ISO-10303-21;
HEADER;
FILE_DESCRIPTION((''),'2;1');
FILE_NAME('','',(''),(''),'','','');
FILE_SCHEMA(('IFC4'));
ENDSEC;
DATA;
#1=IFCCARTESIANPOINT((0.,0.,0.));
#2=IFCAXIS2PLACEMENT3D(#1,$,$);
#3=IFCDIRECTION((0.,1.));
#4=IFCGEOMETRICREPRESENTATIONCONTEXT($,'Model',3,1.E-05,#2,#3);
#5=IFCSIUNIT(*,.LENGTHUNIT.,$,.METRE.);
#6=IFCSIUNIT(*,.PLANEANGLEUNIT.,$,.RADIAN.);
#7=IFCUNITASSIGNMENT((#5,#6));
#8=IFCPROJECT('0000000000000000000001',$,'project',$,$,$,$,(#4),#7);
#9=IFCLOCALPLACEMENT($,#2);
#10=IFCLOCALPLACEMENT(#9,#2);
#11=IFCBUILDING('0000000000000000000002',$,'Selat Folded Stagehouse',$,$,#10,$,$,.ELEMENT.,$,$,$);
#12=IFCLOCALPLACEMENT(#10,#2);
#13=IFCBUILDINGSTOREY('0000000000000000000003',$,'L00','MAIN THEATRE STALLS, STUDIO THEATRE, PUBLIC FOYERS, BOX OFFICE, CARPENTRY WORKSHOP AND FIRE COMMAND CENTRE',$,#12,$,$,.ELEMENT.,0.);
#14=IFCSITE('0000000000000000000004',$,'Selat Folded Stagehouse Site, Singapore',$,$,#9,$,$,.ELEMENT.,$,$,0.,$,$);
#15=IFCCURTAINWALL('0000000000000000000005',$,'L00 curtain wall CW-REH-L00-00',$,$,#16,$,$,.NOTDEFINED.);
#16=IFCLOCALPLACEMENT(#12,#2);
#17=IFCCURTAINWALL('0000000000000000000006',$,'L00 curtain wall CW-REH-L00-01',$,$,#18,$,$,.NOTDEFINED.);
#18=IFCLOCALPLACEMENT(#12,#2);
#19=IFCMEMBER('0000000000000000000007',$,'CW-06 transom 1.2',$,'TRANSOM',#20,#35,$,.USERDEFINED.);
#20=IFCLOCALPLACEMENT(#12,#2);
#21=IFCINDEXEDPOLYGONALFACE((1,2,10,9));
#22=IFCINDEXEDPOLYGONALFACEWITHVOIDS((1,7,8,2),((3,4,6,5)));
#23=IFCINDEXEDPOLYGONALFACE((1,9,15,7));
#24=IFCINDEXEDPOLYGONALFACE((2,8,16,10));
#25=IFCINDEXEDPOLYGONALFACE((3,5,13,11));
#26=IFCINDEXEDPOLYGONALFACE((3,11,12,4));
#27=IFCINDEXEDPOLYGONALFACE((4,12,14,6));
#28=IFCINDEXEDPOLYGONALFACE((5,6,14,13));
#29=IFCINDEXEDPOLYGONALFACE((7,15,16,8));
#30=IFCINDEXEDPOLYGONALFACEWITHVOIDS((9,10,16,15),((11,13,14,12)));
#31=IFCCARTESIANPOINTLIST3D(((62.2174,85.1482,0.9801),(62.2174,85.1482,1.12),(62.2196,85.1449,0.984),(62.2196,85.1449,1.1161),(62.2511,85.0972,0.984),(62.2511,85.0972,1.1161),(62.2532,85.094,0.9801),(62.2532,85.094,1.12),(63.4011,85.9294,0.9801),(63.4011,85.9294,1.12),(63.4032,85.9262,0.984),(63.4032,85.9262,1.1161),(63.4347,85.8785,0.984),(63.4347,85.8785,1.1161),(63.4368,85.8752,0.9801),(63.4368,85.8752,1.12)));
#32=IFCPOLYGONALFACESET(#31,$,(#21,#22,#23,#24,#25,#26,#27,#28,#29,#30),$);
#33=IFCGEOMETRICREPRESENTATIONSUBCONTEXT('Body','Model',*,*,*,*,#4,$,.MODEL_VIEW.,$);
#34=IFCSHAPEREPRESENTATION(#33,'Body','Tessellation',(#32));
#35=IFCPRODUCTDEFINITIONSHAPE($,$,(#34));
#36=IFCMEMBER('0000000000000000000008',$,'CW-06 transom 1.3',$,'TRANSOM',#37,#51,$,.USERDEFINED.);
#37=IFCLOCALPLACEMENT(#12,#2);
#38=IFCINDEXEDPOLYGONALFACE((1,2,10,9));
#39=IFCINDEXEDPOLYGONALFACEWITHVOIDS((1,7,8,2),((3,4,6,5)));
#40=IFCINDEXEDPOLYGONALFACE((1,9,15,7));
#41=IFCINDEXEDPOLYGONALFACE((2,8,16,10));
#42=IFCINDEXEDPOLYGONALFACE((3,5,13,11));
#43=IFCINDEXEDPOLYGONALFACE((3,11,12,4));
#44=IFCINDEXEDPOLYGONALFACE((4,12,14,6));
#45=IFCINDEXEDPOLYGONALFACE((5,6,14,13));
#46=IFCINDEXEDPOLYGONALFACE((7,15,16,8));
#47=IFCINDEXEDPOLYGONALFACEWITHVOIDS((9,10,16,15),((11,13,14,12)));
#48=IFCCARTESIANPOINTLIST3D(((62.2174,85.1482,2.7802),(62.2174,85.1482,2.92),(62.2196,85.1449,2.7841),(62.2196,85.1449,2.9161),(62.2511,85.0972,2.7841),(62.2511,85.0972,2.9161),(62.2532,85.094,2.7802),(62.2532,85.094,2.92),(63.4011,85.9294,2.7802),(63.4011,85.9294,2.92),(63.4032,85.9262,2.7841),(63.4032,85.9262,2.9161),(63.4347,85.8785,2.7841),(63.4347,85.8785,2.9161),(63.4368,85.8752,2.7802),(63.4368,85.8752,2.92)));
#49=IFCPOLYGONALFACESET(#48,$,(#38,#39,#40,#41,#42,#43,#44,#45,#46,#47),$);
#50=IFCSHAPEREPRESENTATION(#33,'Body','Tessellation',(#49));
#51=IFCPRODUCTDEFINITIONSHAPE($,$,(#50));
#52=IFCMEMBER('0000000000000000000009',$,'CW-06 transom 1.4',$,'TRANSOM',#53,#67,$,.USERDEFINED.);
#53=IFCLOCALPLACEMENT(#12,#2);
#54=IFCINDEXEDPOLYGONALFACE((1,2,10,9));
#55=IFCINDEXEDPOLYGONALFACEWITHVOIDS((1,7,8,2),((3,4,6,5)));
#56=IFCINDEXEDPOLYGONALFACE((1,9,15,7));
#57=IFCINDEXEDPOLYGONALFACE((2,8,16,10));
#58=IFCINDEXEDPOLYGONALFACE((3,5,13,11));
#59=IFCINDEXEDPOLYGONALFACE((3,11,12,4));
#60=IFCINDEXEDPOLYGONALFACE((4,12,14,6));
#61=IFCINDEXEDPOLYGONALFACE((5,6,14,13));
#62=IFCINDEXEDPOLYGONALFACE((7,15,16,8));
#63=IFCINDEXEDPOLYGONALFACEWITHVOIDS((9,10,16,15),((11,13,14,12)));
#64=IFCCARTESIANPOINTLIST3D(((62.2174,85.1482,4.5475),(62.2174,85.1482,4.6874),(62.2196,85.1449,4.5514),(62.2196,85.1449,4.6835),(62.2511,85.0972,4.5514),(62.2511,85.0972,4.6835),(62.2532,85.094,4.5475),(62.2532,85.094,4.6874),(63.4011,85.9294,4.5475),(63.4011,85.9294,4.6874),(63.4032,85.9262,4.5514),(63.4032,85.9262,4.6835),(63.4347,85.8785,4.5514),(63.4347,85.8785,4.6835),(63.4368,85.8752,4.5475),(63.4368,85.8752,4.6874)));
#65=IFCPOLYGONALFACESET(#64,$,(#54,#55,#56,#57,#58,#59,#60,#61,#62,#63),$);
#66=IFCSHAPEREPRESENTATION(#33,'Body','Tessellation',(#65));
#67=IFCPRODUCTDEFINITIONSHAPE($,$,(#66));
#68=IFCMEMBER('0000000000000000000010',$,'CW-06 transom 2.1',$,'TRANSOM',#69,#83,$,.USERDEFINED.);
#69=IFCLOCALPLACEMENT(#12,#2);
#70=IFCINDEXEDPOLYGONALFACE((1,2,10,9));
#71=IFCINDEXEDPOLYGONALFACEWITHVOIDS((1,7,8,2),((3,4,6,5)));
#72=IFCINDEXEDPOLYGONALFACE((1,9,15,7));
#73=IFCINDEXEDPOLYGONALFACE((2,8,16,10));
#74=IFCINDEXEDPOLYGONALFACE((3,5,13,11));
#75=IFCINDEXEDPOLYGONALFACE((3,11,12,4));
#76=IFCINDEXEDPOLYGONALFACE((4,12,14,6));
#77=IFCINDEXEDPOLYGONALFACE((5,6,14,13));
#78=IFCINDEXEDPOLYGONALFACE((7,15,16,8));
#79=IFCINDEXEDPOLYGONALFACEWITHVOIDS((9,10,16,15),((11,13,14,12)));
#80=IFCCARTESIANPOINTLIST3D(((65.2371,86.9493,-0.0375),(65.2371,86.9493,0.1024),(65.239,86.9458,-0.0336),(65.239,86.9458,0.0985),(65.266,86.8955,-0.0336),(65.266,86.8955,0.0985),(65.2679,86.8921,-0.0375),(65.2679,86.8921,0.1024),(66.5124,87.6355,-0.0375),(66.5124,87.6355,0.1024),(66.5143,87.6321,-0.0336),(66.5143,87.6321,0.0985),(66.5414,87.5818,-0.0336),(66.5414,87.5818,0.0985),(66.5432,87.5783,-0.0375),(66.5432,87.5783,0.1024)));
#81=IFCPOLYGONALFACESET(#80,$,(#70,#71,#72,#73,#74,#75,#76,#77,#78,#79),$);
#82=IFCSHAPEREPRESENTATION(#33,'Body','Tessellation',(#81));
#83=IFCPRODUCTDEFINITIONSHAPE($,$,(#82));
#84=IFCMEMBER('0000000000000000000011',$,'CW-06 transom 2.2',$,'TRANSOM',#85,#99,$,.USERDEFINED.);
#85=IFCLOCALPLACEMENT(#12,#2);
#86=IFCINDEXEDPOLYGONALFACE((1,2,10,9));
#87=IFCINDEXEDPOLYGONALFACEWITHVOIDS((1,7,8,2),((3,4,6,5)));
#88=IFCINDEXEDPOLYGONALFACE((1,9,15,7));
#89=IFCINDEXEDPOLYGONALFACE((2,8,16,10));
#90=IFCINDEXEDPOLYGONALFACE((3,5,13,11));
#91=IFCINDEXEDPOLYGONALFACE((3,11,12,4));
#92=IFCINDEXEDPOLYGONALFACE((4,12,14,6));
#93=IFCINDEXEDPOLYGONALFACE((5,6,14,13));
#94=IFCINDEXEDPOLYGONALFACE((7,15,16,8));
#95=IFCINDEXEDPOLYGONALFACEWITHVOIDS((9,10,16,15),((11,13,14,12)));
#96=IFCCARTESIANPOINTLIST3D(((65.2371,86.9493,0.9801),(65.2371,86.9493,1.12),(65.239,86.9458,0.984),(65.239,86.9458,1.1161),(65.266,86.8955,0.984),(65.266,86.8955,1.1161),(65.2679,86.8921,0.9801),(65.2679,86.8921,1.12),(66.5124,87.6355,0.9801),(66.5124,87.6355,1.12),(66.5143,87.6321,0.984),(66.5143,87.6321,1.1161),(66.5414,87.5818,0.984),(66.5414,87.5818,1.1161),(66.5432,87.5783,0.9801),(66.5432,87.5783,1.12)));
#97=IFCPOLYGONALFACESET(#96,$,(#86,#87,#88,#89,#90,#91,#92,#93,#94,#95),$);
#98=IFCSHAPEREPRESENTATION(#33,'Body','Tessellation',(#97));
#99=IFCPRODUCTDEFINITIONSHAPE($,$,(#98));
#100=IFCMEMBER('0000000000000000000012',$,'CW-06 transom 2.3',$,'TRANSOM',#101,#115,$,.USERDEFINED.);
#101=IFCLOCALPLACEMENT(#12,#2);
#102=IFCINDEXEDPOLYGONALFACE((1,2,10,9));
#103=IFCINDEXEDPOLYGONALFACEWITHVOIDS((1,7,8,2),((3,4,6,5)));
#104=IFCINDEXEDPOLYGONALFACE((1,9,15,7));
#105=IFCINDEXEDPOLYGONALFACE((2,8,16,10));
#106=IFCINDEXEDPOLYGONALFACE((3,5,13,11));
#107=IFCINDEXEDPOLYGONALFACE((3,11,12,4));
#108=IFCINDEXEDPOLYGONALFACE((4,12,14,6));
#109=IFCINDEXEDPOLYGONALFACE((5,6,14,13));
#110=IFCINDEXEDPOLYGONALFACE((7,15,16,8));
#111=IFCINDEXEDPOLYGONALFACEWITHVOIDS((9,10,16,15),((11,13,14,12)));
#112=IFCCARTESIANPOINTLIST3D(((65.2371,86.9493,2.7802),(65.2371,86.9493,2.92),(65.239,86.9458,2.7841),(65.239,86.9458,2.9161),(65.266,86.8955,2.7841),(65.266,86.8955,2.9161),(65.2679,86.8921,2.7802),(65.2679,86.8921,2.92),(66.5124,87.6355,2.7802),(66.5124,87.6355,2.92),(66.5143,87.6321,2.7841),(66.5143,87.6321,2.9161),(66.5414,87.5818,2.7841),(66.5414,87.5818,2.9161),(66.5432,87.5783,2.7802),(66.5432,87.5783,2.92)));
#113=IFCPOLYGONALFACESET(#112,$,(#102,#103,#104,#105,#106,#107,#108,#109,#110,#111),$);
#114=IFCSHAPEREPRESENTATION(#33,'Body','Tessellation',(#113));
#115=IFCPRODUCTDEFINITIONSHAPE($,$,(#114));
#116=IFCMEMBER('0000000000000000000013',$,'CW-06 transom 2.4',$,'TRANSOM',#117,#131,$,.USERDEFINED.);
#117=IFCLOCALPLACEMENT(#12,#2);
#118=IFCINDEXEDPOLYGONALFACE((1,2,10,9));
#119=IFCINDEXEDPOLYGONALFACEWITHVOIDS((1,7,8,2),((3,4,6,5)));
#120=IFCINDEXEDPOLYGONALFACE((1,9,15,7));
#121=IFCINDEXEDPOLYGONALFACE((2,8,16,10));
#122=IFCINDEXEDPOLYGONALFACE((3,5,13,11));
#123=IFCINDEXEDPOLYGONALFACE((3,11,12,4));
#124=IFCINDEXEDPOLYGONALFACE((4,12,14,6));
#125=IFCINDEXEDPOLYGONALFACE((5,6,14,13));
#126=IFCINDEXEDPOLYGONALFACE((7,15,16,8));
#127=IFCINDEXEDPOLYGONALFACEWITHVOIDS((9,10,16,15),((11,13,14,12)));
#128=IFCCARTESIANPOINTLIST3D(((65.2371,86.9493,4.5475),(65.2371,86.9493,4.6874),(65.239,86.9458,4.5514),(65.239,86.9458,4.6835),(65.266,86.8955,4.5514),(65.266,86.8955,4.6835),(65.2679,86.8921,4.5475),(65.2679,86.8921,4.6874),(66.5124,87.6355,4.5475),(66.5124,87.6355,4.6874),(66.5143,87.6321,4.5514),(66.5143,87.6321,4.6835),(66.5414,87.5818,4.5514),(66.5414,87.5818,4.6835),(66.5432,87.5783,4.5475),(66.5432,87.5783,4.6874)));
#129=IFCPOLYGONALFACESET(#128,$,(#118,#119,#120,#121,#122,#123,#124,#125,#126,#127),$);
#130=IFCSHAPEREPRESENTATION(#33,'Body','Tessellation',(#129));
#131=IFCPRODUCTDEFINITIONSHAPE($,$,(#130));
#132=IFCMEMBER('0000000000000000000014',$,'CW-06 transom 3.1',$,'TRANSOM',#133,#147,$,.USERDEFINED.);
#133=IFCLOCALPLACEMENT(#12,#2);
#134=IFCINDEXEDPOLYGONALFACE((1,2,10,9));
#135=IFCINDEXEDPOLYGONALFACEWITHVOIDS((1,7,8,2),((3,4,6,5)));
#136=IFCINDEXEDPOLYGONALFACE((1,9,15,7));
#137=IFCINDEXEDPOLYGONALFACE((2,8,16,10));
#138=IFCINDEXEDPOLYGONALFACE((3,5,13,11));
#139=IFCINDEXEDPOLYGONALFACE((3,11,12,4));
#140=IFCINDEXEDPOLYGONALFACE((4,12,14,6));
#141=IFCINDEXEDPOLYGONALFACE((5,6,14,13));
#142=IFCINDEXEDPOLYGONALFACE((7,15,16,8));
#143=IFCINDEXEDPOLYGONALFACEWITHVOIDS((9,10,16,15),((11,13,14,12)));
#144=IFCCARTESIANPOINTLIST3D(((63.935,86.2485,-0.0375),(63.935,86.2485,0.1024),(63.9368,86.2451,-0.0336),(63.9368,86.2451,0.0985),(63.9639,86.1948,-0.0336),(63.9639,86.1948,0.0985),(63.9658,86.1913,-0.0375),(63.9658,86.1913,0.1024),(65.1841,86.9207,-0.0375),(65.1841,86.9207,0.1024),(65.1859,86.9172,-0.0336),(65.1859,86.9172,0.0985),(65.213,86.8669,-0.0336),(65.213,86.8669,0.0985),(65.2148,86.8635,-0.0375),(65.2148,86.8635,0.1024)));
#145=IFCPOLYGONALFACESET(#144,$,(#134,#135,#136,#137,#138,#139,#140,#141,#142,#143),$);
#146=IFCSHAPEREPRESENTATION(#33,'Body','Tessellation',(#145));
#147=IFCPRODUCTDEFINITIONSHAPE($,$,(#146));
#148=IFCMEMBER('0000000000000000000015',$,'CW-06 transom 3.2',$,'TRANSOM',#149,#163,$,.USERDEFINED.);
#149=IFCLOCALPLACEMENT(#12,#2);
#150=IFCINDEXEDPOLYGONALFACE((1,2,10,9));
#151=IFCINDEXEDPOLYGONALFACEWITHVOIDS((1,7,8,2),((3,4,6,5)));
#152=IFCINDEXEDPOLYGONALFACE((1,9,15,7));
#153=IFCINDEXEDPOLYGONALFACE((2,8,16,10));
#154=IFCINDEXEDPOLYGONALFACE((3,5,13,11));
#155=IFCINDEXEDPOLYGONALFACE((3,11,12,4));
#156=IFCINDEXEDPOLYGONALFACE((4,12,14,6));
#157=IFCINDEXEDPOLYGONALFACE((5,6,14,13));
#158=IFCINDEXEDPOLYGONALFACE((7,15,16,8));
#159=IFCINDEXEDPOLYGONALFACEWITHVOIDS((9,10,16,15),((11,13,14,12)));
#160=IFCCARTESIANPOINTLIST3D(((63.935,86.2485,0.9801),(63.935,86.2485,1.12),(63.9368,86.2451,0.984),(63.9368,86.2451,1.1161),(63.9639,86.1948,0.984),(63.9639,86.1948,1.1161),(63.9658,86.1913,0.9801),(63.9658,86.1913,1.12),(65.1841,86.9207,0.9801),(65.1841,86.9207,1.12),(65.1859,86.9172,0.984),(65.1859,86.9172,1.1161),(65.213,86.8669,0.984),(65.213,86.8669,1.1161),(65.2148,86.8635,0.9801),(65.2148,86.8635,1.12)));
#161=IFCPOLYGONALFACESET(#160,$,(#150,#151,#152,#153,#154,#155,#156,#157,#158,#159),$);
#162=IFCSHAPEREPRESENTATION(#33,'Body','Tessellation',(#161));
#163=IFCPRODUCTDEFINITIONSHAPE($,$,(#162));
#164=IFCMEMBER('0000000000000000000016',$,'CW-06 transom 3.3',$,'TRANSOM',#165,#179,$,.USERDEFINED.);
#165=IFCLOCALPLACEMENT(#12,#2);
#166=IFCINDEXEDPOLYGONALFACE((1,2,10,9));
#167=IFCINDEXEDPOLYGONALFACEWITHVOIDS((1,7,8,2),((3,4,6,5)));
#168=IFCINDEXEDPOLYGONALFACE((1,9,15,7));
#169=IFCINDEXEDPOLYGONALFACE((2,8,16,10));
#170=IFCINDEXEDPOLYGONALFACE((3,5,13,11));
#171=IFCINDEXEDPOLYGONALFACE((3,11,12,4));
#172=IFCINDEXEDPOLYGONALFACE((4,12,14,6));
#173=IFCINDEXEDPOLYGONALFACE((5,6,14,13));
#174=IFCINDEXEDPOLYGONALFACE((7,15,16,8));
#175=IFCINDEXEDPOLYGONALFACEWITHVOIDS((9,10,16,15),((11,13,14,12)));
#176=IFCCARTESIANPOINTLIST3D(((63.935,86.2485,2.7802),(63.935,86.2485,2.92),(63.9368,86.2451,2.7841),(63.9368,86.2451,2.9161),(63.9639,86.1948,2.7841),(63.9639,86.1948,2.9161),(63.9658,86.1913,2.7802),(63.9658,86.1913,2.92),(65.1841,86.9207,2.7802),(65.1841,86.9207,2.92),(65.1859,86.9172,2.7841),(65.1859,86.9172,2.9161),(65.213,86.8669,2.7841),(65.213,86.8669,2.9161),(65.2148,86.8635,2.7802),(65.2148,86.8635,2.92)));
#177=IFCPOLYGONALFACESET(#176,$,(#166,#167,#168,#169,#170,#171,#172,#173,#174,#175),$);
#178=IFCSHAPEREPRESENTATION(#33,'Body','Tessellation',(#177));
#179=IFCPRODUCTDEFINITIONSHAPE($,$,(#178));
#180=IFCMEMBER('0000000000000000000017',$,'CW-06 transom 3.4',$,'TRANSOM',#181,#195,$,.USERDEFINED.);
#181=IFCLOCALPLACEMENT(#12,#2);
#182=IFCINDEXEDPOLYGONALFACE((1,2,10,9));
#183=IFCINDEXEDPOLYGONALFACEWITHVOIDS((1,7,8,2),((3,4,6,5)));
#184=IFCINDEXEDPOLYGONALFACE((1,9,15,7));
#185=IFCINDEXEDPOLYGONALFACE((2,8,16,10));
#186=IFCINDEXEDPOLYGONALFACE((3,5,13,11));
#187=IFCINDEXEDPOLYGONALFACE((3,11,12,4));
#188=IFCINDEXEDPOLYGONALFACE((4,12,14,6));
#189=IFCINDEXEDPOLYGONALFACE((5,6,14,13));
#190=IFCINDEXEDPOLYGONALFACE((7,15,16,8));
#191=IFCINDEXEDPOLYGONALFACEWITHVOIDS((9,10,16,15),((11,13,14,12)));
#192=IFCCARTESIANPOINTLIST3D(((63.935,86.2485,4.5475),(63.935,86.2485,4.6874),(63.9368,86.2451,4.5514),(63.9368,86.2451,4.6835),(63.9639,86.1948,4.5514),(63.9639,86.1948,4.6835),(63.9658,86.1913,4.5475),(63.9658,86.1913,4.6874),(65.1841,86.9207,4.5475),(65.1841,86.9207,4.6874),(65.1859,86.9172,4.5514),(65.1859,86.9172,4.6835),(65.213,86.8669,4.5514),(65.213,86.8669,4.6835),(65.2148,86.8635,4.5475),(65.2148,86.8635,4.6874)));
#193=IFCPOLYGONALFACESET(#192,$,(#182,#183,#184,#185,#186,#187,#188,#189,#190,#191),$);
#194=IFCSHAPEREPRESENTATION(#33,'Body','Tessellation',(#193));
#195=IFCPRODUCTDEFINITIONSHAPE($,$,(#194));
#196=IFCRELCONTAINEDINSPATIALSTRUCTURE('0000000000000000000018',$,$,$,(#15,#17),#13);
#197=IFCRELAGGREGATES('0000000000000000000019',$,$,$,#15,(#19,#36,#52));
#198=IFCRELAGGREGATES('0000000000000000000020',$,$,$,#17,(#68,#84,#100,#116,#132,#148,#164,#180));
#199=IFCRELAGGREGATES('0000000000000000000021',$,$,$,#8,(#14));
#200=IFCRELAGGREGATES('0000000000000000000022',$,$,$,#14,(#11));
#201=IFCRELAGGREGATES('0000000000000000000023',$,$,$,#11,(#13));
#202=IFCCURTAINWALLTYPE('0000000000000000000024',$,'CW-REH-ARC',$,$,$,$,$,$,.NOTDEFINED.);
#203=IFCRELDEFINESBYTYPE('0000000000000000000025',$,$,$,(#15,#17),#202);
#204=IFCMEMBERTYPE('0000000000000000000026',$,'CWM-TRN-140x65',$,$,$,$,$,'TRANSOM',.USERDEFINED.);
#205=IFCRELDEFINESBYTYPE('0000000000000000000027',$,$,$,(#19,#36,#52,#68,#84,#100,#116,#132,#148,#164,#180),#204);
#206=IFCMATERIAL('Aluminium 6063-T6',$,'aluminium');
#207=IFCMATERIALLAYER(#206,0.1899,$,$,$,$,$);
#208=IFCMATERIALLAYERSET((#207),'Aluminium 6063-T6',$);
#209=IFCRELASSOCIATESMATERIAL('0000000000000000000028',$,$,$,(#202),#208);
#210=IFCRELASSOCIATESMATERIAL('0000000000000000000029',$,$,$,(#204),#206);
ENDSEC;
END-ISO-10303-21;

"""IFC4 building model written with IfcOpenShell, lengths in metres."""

from ifc_helpers import new_model, si_unit, direction, frame, origin, origin_2d, place, context, subcontext, project, spatial, hollow_rectangle, extrude, material, layer, layer_set, material_profile, profile_set, type_object, element, aggregate, save


model = new_model("IFC4")

# Units and contexts
model_context = context("Model", 3, precision=1e-05, world=origin(), true_north=direction((0.0, 1.0)))
body_context = subcontext(model_context, "Body", "Model", "MODEL_VIEW")
ifc_project = project(units=[si_unit("LENGTHUNIT", "METRE"), si_unit("PLANEANGLEUNIT", "RADIAN")], contexts=[model_context])

# Site, building, storey
site_placement = place(None, origin())
site = spatial("IfcSite", under=ifc_project, at=site_placement, Name="Selat Folded Stagehouse Site, Singapore", CompositionType="ELEMENT", RefElevation=0.0)
building_placement = place(site_placement, origin())
building = spatial("IfcBuilding", under=site, at=building_placement, Name="Selat Folded Stagehouse", CompositionType="ELEMENT")
storey_placement = place(building_placement, origin())
storey = spatial("IfcBuildingStorey", under=building, at=storey_placement, Name="L00", Description="MAIN THEATRE STALLS, STUDIO THEATRE, PUBLIC FOYERS, BOX OFFICE, CARPENTRY WORKSHOP AND FIRE COMMAND CENTRE", CompositionType="ELEMENT", Elevation=0.0)

# Curtain wall
ifc_material_1 = material(Name="Aluminium 6063-T6", Category="aluminium")
ifc_layer_1 = layer(ifc_material_1, 0.1899)
ifc_layer_set_1 = layer_set([ifc_layer_1], Name="Aluminium 6063-T6")
curtain_wall_type = type_object("IfcCurtainWallType", Name="CW-REH-ARC", PredefinedType="NOTDEFINED", material=ifc_layer_set_1)
curtain_wall_1_placement = place(storey_placement, origin())
curtain_wall_1 = element("IfcCurtainWall", 1, at=curtain_wall_1_placement, inside=storey, type_object=curtain_wall_type, Name="L00 curtain wall CW-REH-L00-00", PredefinedType="NOTDEFINED")

# Curtain wall
curtain_wall_2_placement = place(storey_placement, origin())
curtain_wall_2 = element("IfcCurtainWall", 2, at=curtain_wall_2_placement, inside=storey, type_object=curtain_wall_type, Name="L00 curtain wall CW-REH-L00-01", PredefinedType="NOTDEFINED")

# Members
ifc_material_profile_1 = material_profile(ifc_material_1, hollow_rectangle(XDim=0.0649, YDim=0.1399, WallThickness=0.0039, at=origin_2d()), Name="ALU 140x65x4.0")
ifc_profile_set_1 = profile_set([ifc_material_profile_1], Name="Aluminium 6063-T6")
member_type_1 = type_object("IfcMemberType", Name="CWM-TRN-140x65", ElementType="TRANSOM", PredefinedType="USERDEFINED", material=ifc_profile_set_1)
member_1_placement = place(storey_placement, frame((63.4189, 85.9023, 1.05), z_axis=(-0.834584, -0.550881, 0.0), x_axis=(0.550881, -0.834584, 0.0)))
member_1 = element("IfcMember", 3, at=member_1_placement, type_object=member_type_1, Name="CW-06 transom 1.2", ObjectType="TRANSOM", PredefinedType="USERDEFINED", context=body_context, shape_type="SweptSolid", body=[
    extrude(hollow_rectangle(XDim=0.0649, YDim=0.1399, WallThickness=0.0039, at=origin_2d()), origin(), (0.0, 0.0, 1.0), 1.4182),
])
member_2_placement = place(storey_placement, frame((63.4189, 85.9023, 2.8501), z_axis=(-0.834584, -0.550881, 0.0), x_axis=(0.550881, -0.834584, 0.0)))
member_2 = element("IfcMember", 4, at=member_2_placement, type_object=member_type_1, Name="CW-06 transom 1.3", ObjectType="TRANSOM", PredefinedType="USERDEFINED", context=body_context, shape_type="SweptSolid", body=[
    extrude(hollow_rectangle(XDim=0.0649, YDim=0.1399, WallThickness=0.0039, at=origin_2d()), origin(), (0.0, 0.0, 1.0), 1.4182),
])
member_3_placement = place(storey_placement, frame((63.4189, 85.9023, 4.6174), z_axis=(-0.834584, -0.550881, 0.0), x_axis=(0.550881, -0.834584, 0.0)))
member_3 = element("IfcMember", 5, at=member_3_placement, type_object=member_type_1, Name="CW-06 transom 1.4", ObjectType="TRANSOM", PredefinedType="USERDEFINED", context=body_context, shape_type="SweptSolid", body=[
    extrude(hollow_rectangle(XDim=0.0649, YDim=0.1399, WallThickness=0.0039, at=origin_2d()), origin(), (0.0, 0.0, 1.0), 1.4182),
])
member_4_placement = place(storey_placement, frame((66.5278, 87.6069, 0.0325), z_axis=(-0.880606, -0.473848, 0.0), x_axis=(0.473848, -0.880606, 0.0)))
member_4 = element("IfcMember", 6, at=member_4_placement, type_object=member_type_1, Name="CW-06 transom 2.1", ObjectType="TRANSOM", PredefinedType="USERDEFINED", context=body_context, shape_type="SweptSolid", body=[
    extrude(hollow_rectangle(XDim=0.0649, YDim=0.1399, WallThickness=0.0039, at=origin_2d()), origin(), (0.0, 0.0, 1.0), 1.4482),
])
member_5_placement = place(storey_placement, frame((66.5278, 87.6069, 1.05), z_axis=(-0.880606, -0.473848, 0.0), x_axis=(0.473848, -0.880606, 0.0)))
member_5 = element("IfcMember", 7, at=member_5_placement, type_object=member_type_1, Name="CW-06 transom 2.2", ObjectType="TRANSOM", PredefinedType="USERDEFINED", context=body_context, shape_type="SweptSolid", body=[
    extrude(hollow_rectangle(XDim=0.0649, YDim=0.1399, WallThickness=0.0039, at=origin_2d()), origin(), (0.0, 0.0, 1.0), 1.4482),
])
member_6_placement = place(storey_placement, frame((66.5278, 87.6069, 2.8501), z_axis=(-0.880606, -0.473848, 0.0), x_axis=(0.473848, -0.880606, 0.0)))
member_6 = element("IfcMember", 8, at=member_6_placement, type_object=member_type_1, Name="CW-06 transom 2.3", ObjectType="TRANSOM", PredefinedType="USERDEFINED", context=body_context, shape_type="SweptSolid", body=[
    extrude(hollow_rectangle(XDim=0.0649, YDim=0.1399, WallThickness=0.0039, at=origin_2d()), origin(), (0.0, 0.0, 1.0), 1.4482),
])
member_7_placement = place(storey_placement, frame((66.5278, 87.6069, 4.6174), z_axis=(-0.880606, -0.473848, 0.0), x_axis=(0.473848, -0.880606, 0.0)))
member_7 = element("IfcMember", 9, at=member_7_placement, type_object=member_type_1, Name="CW-06 transom 2.4", ObjectType="TRANSOM", PredefinedType="USERDEFINED", context=body_context, shape_type="SweptSolid", body=[
    extrude(hollow_rectangle(XDim=0.0649, YDim=0.1399, WallThickness=0.0039, at=origin_2d()), origin(), (0.0, 0.0, 1.0), 1.4482),
])
member_8_placement = place(storey_placement, frame((65.1995, 86.8921, 0.0325), z_axis=(-0.880598, -0.473864, 0.0), x_axis=(0.473864, -0.880598, 0.0)))
member_8 = element("IfcMember", 10, at=member_8_placement, type_object=member_type_1, Name="CW-06 transom 3.1", ObjectType="TRANSOM", PredefinedType="USERDEFINED", context=body_context, shape_type="SweptSolid", body=[
    extrude(hollow_rectangle(XDim=0.0649, YDim=0.1399, WallThickness=0.0039, at=origin_2d()), origin(), (0.0, 0.0, 1.0), 1.4185),
])
member_9_placement = place(storey_placement, frame((65.1995, 86.8921, 1.05), z_axis=(-0.880598, -0.473864, 0.0), x_axis=(0.473864, -0.880598, 0.0)))
member_9 = element("IfcMember", 11, at=member_9_placement, type_object=member_type_1, Name="CW-06 transom 3.2", ObjectType="TRANSOM", PredefinedType="USERDEFINED", context=body_context, shape_type="SweptSolid", body=[
    extrude(hollow_rectangle(XDim=0.0649, YDim=0.1399, WallThickness=0.0039, at=origin_2d()), origin(), (0.0, 0.0, 1.0), 1.4185),
])
member_10_placement = place(storey_placement, frame((65.1995, 86.8921, 2.8501), z_axis=(-0.880598, -0.473864, 0.0), x_axis=(0.473864, -0.880598, 0.0)))
member_10 = element("IfcMember", 12, at=member_10_placement, type_object=member_type_1, Name="CW-06 transom 3.3", ObjectType="TRANSOM", PredefinedType="USERDEFINED", context=body_context, shape_type="SweptSolid", body=[
    extrude(hollow_rectangle(XDim=0.0649, YDim=0.1399, WallThickness=0.0039, at=origin_2d()), origin(), (0.0, 0.0, 1.0), 1.4185),
])
member_11_placement = place(storey_placement, frame((65.1995, 86.8921, 4.6174), z_axis=(-0.880598, -0.473864, 0.0), x_axis=(0.473864, -0.880598, 0.0)))
member_11 = element("IfcMember", 13, at=member_11_placement, type_object=member_type_1, Name="CW-06 transom 3.4", ObjectType="TRANSOM", PredefinedType="USERDEFINED", context=body_context, shape_type="SweptSolid", body=[
    extrude(hollow_rectangle(XDim=0.0649, YDim=0.1399, WallThickness=0.0039, at=origin_2d()), origin(), (0.0, 0.0, 1.0), 1.4185),
])

aggregate(curtain_wall_1, [member_1, member_2, member_3])
aggregate(curtain_wall_2, [member_4, member_5, member_6, member_7, member_8, member_9, member_10, member_11])

save(model, "model.ifc")
